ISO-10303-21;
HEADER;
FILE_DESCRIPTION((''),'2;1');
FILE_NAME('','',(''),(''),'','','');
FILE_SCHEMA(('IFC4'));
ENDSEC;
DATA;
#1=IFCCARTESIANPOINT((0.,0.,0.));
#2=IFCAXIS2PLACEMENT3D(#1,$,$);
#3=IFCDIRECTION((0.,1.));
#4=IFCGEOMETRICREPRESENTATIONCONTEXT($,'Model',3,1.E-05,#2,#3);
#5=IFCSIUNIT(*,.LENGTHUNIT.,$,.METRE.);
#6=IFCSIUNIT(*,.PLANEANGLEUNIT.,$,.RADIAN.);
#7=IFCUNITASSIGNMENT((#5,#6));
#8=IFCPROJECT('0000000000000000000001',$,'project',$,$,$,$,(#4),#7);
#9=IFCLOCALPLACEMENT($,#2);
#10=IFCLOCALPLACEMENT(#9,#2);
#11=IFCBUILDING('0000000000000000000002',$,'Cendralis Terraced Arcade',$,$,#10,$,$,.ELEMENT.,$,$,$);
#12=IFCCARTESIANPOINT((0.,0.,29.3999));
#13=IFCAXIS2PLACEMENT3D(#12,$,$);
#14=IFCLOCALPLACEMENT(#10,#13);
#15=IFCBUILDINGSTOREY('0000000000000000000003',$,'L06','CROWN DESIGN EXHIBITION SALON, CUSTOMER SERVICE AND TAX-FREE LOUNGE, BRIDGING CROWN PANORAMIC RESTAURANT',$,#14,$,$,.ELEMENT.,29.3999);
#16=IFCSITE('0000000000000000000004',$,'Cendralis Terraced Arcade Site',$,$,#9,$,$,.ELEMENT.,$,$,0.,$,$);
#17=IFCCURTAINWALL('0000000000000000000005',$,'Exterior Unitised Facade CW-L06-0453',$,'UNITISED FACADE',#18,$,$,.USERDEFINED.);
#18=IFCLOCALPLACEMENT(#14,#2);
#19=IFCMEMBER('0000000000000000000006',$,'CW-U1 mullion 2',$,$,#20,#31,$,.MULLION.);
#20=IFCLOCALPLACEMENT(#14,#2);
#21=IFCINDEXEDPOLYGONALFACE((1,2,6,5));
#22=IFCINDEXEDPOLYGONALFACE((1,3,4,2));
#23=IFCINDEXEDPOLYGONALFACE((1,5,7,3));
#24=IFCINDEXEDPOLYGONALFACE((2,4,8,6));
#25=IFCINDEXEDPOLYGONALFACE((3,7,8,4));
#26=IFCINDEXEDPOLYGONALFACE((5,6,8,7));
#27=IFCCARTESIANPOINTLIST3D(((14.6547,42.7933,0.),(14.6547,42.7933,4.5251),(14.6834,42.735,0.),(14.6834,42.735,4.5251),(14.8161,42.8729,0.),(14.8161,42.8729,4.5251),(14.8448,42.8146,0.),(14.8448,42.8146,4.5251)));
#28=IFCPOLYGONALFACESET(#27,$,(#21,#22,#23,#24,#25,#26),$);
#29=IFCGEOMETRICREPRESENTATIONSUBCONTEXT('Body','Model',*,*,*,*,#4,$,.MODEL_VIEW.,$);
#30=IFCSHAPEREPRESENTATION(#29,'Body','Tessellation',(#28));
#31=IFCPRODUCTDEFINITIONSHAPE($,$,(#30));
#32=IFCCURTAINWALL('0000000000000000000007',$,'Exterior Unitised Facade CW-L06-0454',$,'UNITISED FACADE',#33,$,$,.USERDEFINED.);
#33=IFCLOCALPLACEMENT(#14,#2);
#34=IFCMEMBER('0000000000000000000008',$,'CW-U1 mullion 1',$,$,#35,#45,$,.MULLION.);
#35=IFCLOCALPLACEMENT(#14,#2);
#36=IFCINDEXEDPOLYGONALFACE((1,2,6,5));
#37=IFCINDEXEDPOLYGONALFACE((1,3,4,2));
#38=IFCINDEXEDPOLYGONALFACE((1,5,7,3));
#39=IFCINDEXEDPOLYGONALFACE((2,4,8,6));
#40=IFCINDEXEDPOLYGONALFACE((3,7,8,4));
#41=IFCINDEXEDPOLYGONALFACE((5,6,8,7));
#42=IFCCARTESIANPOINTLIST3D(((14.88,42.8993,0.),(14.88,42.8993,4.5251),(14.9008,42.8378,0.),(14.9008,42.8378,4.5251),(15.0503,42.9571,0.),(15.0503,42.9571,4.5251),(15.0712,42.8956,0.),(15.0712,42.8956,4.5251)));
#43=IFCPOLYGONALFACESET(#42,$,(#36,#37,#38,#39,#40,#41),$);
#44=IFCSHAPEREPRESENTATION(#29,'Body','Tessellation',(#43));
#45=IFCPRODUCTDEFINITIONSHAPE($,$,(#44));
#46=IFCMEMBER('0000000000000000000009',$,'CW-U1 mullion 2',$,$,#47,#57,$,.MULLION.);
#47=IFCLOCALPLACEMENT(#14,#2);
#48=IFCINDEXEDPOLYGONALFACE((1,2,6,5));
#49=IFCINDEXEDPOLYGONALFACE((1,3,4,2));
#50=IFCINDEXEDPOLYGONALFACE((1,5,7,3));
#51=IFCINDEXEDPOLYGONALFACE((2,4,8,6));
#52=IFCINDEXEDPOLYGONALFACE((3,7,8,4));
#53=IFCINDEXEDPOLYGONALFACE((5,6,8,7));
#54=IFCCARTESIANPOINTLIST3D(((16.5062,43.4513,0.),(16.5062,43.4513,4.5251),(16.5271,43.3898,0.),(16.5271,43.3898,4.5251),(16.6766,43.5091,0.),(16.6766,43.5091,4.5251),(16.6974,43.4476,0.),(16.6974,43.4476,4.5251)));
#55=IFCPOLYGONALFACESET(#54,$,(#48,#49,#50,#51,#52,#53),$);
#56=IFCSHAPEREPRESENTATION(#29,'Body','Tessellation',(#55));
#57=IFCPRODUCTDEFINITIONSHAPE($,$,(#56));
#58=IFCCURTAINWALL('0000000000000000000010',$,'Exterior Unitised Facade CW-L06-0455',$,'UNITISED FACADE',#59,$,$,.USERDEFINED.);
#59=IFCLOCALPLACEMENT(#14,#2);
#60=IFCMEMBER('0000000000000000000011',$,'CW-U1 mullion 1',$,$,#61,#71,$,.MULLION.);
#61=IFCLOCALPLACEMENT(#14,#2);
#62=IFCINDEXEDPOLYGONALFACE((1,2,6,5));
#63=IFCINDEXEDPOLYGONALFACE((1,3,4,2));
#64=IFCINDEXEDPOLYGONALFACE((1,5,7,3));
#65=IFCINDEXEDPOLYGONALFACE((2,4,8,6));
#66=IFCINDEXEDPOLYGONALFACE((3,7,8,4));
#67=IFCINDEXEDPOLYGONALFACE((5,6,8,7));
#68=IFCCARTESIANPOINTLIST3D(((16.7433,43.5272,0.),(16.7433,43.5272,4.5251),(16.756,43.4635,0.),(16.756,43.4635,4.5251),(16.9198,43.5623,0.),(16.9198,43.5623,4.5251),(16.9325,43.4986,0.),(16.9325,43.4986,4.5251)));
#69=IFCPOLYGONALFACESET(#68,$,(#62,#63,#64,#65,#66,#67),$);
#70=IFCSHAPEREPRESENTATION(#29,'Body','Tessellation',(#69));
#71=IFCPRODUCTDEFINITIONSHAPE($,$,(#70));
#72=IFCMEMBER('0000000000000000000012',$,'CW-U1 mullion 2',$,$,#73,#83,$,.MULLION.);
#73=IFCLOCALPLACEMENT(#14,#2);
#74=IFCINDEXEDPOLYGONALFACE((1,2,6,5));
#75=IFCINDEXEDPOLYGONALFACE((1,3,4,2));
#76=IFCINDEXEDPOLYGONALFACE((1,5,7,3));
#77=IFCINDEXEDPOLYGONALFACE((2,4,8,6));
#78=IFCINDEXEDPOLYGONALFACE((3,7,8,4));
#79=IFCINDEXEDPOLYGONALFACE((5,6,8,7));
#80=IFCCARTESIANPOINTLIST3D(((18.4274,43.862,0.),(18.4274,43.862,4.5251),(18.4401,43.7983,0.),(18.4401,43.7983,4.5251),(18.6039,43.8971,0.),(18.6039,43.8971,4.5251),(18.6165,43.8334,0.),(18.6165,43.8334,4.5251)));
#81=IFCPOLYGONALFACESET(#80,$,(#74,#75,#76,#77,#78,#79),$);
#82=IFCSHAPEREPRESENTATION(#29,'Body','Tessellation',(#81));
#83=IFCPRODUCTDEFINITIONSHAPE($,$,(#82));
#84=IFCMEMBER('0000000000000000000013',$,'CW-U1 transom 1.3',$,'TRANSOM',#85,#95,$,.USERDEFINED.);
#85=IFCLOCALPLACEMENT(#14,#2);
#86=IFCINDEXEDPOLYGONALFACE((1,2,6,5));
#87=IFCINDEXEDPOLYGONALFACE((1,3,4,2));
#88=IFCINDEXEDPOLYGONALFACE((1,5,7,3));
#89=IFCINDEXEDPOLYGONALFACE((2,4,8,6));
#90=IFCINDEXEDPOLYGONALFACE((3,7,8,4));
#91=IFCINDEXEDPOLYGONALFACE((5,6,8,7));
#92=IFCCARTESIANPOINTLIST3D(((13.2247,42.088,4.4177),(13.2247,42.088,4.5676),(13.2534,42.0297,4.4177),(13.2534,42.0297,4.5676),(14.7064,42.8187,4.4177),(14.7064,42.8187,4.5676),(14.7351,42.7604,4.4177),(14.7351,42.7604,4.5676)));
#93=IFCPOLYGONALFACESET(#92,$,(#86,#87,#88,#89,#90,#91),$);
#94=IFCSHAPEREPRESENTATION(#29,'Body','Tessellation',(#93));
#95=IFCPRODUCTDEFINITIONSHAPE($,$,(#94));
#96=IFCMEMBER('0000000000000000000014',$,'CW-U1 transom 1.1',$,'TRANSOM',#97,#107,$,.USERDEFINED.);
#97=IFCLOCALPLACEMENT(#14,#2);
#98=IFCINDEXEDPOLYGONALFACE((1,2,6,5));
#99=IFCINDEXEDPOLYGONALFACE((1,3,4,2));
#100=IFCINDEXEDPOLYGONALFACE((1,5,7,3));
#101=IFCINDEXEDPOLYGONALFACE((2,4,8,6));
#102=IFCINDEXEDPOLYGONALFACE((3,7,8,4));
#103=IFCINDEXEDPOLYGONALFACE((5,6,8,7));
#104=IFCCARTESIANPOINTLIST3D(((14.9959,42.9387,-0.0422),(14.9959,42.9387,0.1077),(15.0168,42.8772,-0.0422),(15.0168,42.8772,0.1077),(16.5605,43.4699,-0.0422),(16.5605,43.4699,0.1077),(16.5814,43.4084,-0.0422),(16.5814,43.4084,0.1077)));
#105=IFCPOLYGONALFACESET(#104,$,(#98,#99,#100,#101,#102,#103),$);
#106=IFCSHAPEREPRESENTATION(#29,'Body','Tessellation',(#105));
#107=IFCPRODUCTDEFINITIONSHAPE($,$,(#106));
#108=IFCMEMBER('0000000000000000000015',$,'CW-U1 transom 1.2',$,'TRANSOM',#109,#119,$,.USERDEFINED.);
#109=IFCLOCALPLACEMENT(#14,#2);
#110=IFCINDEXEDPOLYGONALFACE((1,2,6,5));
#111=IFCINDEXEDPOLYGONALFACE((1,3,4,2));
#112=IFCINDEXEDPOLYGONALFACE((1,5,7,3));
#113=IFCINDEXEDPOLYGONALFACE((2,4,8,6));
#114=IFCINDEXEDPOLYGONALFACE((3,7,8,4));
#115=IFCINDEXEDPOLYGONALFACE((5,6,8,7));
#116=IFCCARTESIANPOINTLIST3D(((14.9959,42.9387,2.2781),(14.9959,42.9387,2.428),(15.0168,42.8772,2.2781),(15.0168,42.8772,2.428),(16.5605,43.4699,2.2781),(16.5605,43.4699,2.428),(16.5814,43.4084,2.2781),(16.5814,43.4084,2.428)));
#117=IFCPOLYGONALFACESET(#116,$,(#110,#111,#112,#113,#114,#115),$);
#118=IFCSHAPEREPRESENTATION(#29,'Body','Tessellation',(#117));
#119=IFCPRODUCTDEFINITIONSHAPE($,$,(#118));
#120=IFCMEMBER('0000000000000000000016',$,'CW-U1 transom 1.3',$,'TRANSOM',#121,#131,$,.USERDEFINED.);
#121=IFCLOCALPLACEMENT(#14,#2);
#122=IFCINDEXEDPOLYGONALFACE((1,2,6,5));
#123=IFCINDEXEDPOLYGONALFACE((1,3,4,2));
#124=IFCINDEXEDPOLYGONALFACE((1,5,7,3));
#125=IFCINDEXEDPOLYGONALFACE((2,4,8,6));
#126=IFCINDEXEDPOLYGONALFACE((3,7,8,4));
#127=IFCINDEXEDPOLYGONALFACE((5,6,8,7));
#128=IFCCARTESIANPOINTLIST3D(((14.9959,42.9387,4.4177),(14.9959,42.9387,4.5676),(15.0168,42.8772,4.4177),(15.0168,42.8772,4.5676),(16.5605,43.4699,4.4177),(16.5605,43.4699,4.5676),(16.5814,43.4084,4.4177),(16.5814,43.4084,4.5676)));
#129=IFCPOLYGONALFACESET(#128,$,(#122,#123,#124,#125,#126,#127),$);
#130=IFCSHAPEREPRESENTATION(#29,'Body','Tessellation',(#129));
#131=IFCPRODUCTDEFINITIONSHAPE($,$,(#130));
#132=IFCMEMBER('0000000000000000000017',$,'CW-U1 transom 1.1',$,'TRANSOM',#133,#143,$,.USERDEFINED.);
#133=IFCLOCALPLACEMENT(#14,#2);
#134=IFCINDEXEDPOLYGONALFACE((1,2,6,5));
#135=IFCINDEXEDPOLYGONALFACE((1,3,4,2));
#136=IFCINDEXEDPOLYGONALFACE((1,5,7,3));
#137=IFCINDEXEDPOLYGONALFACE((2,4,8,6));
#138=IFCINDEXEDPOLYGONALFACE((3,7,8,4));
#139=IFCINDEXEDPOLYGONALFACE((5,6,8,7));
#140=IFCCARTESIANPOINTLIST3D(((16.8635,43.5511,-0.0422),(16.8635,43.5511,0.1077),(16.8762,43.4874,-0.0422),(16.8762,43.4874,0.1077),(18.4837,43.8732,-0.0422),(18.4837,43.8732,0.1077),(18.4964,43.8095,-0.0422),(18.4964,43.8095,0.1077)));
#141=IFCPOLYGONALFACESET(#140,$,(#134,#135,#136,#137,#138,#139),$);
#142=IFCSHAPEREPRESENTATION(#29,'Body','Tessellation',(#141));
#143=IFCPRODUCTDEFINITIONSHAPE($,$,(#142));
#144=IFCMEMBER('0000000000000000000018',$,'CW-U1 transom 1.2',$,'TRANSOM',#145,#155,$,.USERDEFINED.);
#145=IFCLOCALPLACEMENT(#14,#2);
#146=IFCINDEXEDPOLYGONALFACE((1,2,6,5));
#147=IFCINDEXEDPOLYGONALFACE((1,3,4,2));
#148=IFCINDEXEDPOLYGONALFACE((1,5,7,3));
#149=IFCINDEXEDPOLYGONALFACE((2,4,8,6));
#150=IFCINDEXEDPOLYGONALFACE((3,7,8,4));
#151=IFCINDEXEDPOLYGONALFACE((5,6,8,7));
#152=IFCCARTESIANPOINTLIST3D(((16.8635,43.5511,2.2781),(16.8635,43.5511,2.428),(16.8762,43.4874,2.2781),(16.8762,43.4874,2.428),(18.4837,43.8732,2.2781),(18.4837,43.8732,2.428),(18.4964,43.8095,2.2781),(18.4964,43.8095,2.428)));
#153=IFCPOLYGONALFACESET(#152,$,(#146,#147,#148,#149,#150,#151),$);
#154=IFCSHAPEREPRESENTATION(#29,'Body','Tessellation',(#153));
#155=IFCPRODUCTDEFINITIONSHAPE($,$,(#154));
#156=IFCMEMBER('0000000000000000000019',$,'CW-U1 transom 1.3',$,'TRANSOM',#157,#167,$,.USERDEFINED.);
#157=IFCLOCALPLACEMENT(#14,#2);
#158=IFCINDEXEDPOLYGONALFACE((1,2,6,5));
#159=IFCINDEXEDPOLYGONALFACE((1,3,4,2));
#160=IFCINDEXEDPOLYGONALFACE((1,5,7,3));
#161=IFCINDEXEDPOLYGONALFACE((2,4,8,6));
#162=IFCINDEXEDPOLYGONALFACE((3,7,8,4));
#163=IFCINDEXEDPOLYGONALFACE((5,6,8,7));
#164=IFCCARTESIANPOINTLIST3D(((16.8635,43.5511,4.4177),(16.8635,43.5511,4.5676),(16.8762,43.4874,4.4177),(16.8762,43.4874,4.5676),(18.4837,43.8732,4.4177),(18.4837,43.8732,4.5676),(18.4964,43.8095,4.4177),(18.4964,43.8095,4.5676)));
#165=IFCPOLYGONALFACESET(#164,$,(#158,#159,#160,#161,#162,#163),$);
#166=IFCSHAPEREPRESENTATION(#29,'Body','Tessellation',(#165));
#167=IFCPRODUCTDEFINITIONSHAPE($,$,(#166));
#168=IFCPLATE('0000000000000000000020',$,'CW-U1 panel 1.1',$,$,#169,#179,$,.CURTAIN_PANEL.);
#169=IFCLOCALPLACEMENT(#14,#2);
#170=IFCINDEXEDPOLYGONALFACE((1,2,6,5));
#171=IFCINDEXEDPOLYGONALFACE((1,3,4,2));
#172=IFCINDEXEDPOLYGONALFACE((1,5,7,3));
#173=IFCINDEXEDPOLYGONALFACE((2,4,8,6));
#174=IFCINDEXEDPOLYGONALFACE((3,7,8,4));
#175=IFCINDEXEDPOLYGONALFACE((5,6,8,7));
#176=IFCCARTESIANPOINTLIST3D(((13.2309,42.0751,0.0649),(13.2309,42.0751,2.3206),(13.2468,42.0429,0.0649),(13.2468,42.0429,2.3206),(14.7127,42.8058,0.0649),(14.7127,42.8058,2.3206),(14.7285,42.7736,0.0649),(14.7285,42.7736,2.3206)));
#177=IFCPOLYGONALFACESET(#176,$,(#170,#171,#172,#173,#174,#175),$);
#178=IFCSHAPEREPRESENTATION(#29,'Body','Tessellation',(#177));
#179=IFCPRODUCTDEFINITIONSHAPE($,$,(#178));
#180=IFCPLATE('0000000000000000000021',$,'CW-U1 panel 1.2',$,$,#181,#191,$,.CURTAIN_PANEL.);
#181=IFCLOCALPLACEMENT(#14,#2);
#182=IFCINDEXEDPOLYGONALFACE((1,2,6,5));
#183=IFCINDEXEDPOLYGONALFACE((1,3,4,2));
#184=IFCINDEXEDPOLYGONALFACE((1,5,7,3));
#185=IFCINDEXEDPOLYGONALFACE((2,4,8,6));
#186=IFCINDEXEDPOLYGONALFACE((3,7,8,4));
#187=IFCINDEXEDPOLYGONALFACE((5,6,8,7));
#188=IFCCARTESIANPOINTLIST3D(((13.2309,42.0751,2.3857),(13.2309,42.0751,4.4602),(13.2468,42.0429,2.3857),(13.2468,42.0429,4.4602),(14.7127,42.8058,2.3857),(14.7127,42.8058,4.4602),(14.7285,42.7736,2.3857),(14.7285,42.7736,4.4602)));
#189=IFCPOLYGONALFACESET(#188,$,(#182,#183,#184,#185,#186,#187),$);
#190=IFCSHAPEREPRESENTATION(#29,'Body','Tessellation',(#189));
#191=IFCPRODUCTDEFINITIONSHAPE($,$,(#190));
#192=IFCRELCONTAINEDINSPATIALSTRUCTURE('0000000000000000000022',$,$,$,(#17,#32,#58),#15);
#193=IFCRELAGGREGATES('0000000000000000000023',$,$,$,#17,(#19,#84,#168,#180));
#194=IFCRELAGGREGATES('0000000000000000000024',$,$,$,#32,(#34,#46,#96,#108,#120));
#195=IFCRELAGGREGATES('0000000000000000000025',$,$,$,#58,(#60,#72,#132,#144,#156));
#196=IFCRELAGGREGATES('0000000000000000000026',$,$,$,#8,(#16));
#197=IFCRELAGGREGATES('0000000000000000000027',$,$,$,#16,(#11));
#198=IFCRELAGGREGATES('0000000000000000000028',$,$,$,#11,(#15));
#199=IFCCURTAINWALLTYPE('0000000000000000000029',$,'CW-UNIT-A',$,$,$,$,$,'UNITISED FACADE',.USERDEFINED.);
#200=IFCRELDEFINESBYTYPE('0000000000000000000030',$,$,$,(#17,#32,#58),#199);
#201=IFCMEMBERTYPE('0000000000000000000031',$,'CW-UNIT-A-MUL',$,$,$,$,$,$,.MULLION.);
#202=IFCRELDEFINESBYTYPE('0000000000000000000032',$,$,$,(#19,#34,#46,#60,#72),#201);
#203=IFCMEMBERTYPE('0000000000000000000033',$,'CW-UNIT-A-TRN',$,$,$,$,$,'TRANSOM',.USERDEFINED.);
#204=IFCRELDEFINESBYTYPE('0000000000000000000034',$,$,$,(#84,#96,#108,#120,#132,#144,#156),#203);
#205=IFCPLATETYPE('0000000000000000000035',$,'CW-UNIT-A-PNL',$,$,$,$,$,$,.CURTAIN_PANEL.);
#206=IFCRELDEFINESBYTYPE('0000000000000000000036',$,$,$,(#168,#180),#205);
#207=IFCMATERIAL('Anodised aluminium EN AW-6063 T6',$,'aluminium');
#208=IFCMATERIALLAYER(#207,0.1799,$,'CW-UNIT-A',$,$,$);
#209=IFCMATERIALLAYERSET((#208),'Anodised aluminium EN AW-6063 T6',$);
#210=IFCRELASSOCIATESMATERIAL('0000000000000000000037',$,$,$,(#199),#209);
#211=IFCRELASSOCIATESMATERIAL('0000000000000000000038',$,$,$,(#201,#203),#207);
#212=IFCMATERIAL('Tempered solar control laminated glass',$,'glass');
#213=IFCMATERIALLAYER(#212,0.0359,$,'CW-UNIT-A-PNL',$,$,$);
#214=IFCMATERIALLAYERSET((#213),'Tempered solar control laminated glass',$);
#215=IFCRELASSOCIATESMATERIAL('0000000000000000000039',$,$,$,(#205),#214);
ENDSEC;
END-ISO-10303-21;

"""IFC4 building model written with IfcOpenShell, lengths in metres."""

from ifc_helpers import new_model, si_unit, direction, frame, origin, origin_2d, place, context, subcontext, project, spatial, rectangle, extrude, material, layer, layer_set, material_profile, profile_set, type_object, element, aggregate, save


model = new_model("IFC4")

# Units and contexts
model_context = context("Model", 3, precision=1e-05, world=origin(), true_north=direction((0.0, 1.0)))
body_context = subcontext(model_context, "Body", "Model", "MODEL_VIEW")
ifc_project = project(units=[si_unit("LENGTHUNIT", "METRE"), si_unit("PLANEANGLEUNIT", "RADIAN")], contexts=[model_context])

# Site, building, storey
site_placement = place(None, origin())
site = spatial("IfcSite", under=ifc_project, at=site_placement, Name="Cendralis Terraced Arcade Site", CompositionType="ELEMENT", RefElevation=0.0)
building_placement = place(site_placement, origin())
building = spatial("IfcBuilding", under=site, at=building_placement, Name="Cendralis Terraced Arcade", CompositionType="ELEMENT")
storey_placement = place(building_placement, frame((0.0, 0.0, 29.3999)))
storey = spatial("IfcBuildingStorey", under=building, at=storey_placement, Name="L06", Description="CROWN DESIGN EXHIBITION SALON, CUSTOMER SERVICE AND TAX-FREE LOUNGE, BRIDGING CROWN PANORAMIC RESTAURANT", CompositionType="ELEMENT", Elevation=29.3999)

# Curtain wall, member
ifc_material_1 = material(Name="Anodised aluminium EN AW-6063 T6", Category="aluminium")
ifc_layer_1 = layer(ifc_material_1, 0.1799, Name="CW-UNIT-A")
ifc_layer_set_1 = layer_set([ifc_layer_1], Name="Anodised aluminium EN AW-6063 T6")
curtain_wall_type = type_object("IfcCurtainWallType", Name="CW-UNIT-A", ElementType="UNITISED FACADE", PredefinedType="USERDEFINED", material=ifc_layer_set_1)
curtain_wall_1_placement = place(storey_placement, origin())
curtain_wall_1 = element("IfcCurtainWall", 1, at=curtain_wall_1_placement, inside=storey, type_object=curtain_wall_type, Name="Exterior Unitised Facade CW-L06-0453", ObjectType="UNITISED FACADE", PredefinedType="USERDEFINED")
ifc_material_profile_1 = material_profile(ifc_material_1, rectangle(XDim=0.0649, YDim=0.1799, at=origin_2d()), Name="ALU-MUL-65x180")
ifc_profile_set_1 = profile_set([ifc_material_profile_1], Name="Anodised aluminium EN AW-6063 T6")
member_type_1 = type_object("IfcMemberType", Name="CW-UNIT-A-MUL", PredefinedType="MULLION", material=ifc_profile_set_1)
member_1_placement = place(storey_placement, frame((14.7498, 42.804, 0.0), z_axis=(0.0, 0.0, 1.0), x_axis=(-0.442291, 0.896871, 0.0)))
member_1 = element("IfcMember", 2, at=member_1_placement, type_object=member_type_1, Name="CW-U1 mullion 2", PredefinedType="MULLION", context=body_context, shape_type="SweptSolid", body=[
    extrude(rectangle(XDim=0.0649, YDim=0.1799, at=origin_2d()), origin(), (0.0, 0.0, 1.0), 4.5251),
])

# Curtain walls, members
curtain_wall_2_placement = place(storey_placement, origin())
curtain_wall_2 = element("IfcCurtainWall", 3, at=curtain_wall_2_placement, inside=storey, type_object=curtain_wall_type, Name="Exterior Unitised Facade CW-L06-0454", ObjectType="UNITISED FACADE", PredefinedType="USERDEFINED")
member_2_placement = place(storey_placement, frame((14.9756, 42.8975, 0.0), z_axis=(0.0, 0.0, 1.0), x_axis=(-0.321458, 0.946924, 0.0)))
member_2 = element("IfcMember", 4, at=member_2_placement, type_object=member_type_1, Name="CW-U1 mullion 1", PredefinedType="MULLION", context=body_context, shape_type="SweptSolid", body=[
    extrude(rectangle(XDim=0.0649, YDim=0.1799, at=origin_2d()), origin(), (0.0, 0.0, 1.0), 4.5251),
])
member_3_placement = place(storey_placement, frame((16.6018, 43.4495, 0.0), z_axis=(0.0, 0.0, 1.0), x_axis=(-0.321458, 0.946924, 0.0)))
member_3 = element("IfcMember", 5, at=member_3_placement, type_object=member_type_1, Name="CW-U1 mullion 2", PredefinedType="MULLION", context=body_context, shape_type="SweptSolid", body=[
    extrude(rectangle(XDim=0.0649, YDim=0.1799, at=origin_2d()), origin(), (0.0, 0.0, 1.0), 4.5251),
])
curtain_wall_3_placement = place(storey_placement, origin())
curtain_wall_3 = element("IfcCurtainWall", 6, at=curtain_wall_3_placement, inside=storey, type_object=curtain_wall_type, Name="Exterior Unitised Facade CW-L06-0455", ObjectType="UNITISED FACADE", PredefinedType="USERDEFINED")
member_4_placement = place(storey_placement, frame((16.8379, 43.5129, 0.0), z_axis=(0.0, 0.0, 1.0), x_axis=(-0.195058, 0.980792, 0.0)))
member_4 = element("IfcMember", 7, at=member_4_placement, type_object=member_type_1, Name="CW-U1 mullion 1", PredefinedType="MULLION", context=body_context, shape_type="SweptSolid", body=[
    extrude(rectangle(XDim=0.0649, YDim=0.1799, at=origin_2d()), origin(), (0.0, 0.0, 1.0), 4.5251),
])
member_5_placement = place(storey_placement, frame((18.522, 43.8477, 0.0), z_axis=(0.0, 0.0, 1.0), x_axis=(-0.195058, 0.980792, 0.0)))
member_5 = element("IfcMember", 8, at=member_5_placement, type_object=member_type_1, Name="CW-U1 mullion 2", PredefinedType="MULLION", context=body_context, shape_type="SweptSolid", body=[
    extrude(rectangle(XDim=0.0649, YDim=0.1799, at=origin_2d()), origin(), (0.0, 0.0, 1.0), 4.5251),
])

# Members
ifc_material_profile_2 = material_profile(ifc_material_1, rectangle(XDim=0.0649, YDim=0.1499, at=origin_2d()), Name="ALU-TRN-65x150")
ifc_profile_set_2 = profile_set([ifc_material_profile_2], Name="Anodised aluminium EN AW-6063 T6")
member_type_2 = type_object("IfcMemberType", Name="CW-UNIT-A-TRN", ElementType="TRANSOM", PredefinedType="USERDEFINED", material=ifc_profile_set_2)
member_6_placement = place(storey_placement, frame((13.239, 42.0588, 4.4927), z_axis=(0.896867, 0.442301, 0.0), x_axis=(-0.442301, 0.896867, 0.0)))
member_6 = element("IfcMember", 9, at=member_6_placement, type_object=member_type_2, Name="CW-U1 transom 1.3", ObjectType="TRANSOM", PredefinedType="USERDEFINED", context=body_context, shape_type="SweptSolid", body=[
    extrude(rectangle(XDim=0.0649, YDim=0.1499, at=origin_2d()), origin(), (0.0, 0.0, 1.0), 1.6521),
])
member_7_placement = place(storey_placement, frame((15.0063, 42.908, 0.0327), z_axis=(0.94691, 0.321497, 0.0), x_axis=(-0.321497, 0.94691, 0.0)))
member_7 = element("IfcMember", 10, at=member_7_placement, type_object=member_type_2, Name="CW-U1 transom 1.1", ObjectType="TRANSOM", PredefinedType="USERDEFINED", context=body_context, shape_type="SweptSolid", body=[
    extrude(rectangle(XDim=0.0649, YDim=0.1499, at=origin_2d()), origin(), (0.0, 0.0, 1.0), 1.6523),
])
member_8_placement = place(storey_placement, frame((15.0063, 42.908, 2.353), z_axis=(0.94691, 0.321497, 0.0), x_axis=(-0.321497, 0.94691, 0.0)))
member_8 = element("IfcMember", 11, at=member_8_placement, type_object=member_type_2, Name="CW-U1 transom 1.2", ObjectType="TRANSOM", PredefinedType="USERDEFINED", context=body_context, shape_type="SweptSolid", body=[
    extrude(rectangle(XDim=0.0649, YDim=0.1499, at=origin_2d()), origin(), (0.0, 0.0, 1.0), 1.6523),
])
member_9_placement = place(storey_placement, frame((15.0063, 42.908, 4.4927), z_axis=(0.94691, 0.321497, 0.0), x_axis=(-0.321497, 0.94691, 0.0)))
member_9 = element("IfcMember", 12, at=member_9_placement, type_object=member_type_2, Name="CW-U1 transom 1.3", ObjectType="TRANSOM", PredefinedType="USERDEFINED", context=body_context, shape_type="SweptSolid", body=[
    extrude(rectangle(XDim=0.0649, YDim=0.1499, at=origin_2d()), origin(), (0.0, 0.0, 1.0), 1.6523),
])
member_10_placement = place(storey_placement, frame((16.8699, 43.5193, 0.0327), z_axis=(0.980813, 0.194951, 0.0), x_axis=(-0.194951, 0.980813, 0.0)))
member_10 = element("IfcMember", 13, at=member_10_placement, type_object=member_type_2, Name="CW-U1 transom 1.1", ObjectType="TRANSOM", PredefinedType="USERDEFINED", context=body_context, shape_type="SweptSolid", body=[
    extrude(rectangle(XDim=0.0649, YDim=0.1499, at=origin_2d()), origin(), (0.0, 0.0, 1.0), 1.6519),
])
member_11_placement = place(storey_placement, frame((16.8699, 43.5193, 2.353), z_axis=(0.980813, 0.194951, 0.0), x_axis=(-0.194951, 0.980813, 0.0)))
member_11 = element("IfcMember", 14, at=member_11_placement, type_object=member_type_2, Name="CW-U1 transom 1.2", ObjectType="TRANSOM", PredefinedType="USERDEFINED", context=body_context, shape_type="SweptSolid", body=[
    extrude(rectangle(XDim=0.0649, YDim=0.1499, at=origin_2d()), origin(), (0.0, 0.0, 1.0), 1.6519),
])
member_12_placement = place(storey_placement, frame((16.8699, 43.5193, 4.4927), z_axis=(0.980813, 0.194951, 0.0), x_axis=(-0.194951, 0.980813, 0.0)))
member_12 = element("IfcMember", 15, at=member_12_placement, type_object=member_type_2, Name="CW-U1 transom 1.3", ObjectType="TRANSOM", PredefinedType="USERDEFINED", context=body_context, shape_type="SweptSolid", body=[
    extrude(rectangle(XDim=0.0649, YDim=0.1499, at=origin_2d()), origin(), (0.0, 0.0, 1.0), 1.6519),
])

# Plates
ifc_material_2 = material(Name="Tempered solar control laminated glass", Category="glass")
ifc_layer_2 = layer(ifc_material_2, 0.0359, Name="CW-UNIT-A-PNL")
ifc_layer_set_2 = layer_set([ifc_layer_2], Name="Tempered solar control laminated glass")
plate_type = type_object("IfcPlateType", Name="CW-UNIT-A-PNL", PredefinedType="CURTAIN_PANEL", material=ifc_layer_set_2)
plate_1_placement = place(storey_placement, frame((13.9797, 42.4243, 0.0649), z_axis=(0.0, 0.0, 1.0), x_axis=(0.896871, 0.442291, 0.0)))
plate_1 = element("IfcPlate", 16, at=plate_1_placement, type_object=plate_type, Name="CW-U1 panel 1.1", PredefinedType="CURTAIN_PANEL", context=body_context, shape_type="SweptSolid", body=[
    extrude(rectangle(XDim=1.6521, YDim=0.0359, at=origin_2d()), origin(), (0.0, 0.0, 1.0), 2.2556),
])
plate_2_placement = place(storey_placement, frame((13.9797, 42.4243, 2.3857), z_axis=(0.0, 0.0, 1.0), x_axis=(0.896871, 0.442291, 0.0)))
plate_2 = element("IfcPlate", 17, at=plate_2_placement, type_object=plate_type, Name="CW-U1 panel 1.2", PredefinedType="CURTAIN_PANEL", context=body_context, shape_type="SweptSolid", body=[
    extrude(rectangle(XDim=1.6521, YDim=0.0359, at=origin_2d()), origin(), (0.0, 0.0, 1.0), 2.0745),
])
aggregate(curtain_wall_1, [member_1, member_6, plate_1, plate_2])
aggregate(curtain_wall_2, [member_2, member_3, member_7, member_8, member_9])
aggregate(curtain_wall_3, [member_4, member_5, member_10, member_11, member_12])

save(model, "model.ifc")
